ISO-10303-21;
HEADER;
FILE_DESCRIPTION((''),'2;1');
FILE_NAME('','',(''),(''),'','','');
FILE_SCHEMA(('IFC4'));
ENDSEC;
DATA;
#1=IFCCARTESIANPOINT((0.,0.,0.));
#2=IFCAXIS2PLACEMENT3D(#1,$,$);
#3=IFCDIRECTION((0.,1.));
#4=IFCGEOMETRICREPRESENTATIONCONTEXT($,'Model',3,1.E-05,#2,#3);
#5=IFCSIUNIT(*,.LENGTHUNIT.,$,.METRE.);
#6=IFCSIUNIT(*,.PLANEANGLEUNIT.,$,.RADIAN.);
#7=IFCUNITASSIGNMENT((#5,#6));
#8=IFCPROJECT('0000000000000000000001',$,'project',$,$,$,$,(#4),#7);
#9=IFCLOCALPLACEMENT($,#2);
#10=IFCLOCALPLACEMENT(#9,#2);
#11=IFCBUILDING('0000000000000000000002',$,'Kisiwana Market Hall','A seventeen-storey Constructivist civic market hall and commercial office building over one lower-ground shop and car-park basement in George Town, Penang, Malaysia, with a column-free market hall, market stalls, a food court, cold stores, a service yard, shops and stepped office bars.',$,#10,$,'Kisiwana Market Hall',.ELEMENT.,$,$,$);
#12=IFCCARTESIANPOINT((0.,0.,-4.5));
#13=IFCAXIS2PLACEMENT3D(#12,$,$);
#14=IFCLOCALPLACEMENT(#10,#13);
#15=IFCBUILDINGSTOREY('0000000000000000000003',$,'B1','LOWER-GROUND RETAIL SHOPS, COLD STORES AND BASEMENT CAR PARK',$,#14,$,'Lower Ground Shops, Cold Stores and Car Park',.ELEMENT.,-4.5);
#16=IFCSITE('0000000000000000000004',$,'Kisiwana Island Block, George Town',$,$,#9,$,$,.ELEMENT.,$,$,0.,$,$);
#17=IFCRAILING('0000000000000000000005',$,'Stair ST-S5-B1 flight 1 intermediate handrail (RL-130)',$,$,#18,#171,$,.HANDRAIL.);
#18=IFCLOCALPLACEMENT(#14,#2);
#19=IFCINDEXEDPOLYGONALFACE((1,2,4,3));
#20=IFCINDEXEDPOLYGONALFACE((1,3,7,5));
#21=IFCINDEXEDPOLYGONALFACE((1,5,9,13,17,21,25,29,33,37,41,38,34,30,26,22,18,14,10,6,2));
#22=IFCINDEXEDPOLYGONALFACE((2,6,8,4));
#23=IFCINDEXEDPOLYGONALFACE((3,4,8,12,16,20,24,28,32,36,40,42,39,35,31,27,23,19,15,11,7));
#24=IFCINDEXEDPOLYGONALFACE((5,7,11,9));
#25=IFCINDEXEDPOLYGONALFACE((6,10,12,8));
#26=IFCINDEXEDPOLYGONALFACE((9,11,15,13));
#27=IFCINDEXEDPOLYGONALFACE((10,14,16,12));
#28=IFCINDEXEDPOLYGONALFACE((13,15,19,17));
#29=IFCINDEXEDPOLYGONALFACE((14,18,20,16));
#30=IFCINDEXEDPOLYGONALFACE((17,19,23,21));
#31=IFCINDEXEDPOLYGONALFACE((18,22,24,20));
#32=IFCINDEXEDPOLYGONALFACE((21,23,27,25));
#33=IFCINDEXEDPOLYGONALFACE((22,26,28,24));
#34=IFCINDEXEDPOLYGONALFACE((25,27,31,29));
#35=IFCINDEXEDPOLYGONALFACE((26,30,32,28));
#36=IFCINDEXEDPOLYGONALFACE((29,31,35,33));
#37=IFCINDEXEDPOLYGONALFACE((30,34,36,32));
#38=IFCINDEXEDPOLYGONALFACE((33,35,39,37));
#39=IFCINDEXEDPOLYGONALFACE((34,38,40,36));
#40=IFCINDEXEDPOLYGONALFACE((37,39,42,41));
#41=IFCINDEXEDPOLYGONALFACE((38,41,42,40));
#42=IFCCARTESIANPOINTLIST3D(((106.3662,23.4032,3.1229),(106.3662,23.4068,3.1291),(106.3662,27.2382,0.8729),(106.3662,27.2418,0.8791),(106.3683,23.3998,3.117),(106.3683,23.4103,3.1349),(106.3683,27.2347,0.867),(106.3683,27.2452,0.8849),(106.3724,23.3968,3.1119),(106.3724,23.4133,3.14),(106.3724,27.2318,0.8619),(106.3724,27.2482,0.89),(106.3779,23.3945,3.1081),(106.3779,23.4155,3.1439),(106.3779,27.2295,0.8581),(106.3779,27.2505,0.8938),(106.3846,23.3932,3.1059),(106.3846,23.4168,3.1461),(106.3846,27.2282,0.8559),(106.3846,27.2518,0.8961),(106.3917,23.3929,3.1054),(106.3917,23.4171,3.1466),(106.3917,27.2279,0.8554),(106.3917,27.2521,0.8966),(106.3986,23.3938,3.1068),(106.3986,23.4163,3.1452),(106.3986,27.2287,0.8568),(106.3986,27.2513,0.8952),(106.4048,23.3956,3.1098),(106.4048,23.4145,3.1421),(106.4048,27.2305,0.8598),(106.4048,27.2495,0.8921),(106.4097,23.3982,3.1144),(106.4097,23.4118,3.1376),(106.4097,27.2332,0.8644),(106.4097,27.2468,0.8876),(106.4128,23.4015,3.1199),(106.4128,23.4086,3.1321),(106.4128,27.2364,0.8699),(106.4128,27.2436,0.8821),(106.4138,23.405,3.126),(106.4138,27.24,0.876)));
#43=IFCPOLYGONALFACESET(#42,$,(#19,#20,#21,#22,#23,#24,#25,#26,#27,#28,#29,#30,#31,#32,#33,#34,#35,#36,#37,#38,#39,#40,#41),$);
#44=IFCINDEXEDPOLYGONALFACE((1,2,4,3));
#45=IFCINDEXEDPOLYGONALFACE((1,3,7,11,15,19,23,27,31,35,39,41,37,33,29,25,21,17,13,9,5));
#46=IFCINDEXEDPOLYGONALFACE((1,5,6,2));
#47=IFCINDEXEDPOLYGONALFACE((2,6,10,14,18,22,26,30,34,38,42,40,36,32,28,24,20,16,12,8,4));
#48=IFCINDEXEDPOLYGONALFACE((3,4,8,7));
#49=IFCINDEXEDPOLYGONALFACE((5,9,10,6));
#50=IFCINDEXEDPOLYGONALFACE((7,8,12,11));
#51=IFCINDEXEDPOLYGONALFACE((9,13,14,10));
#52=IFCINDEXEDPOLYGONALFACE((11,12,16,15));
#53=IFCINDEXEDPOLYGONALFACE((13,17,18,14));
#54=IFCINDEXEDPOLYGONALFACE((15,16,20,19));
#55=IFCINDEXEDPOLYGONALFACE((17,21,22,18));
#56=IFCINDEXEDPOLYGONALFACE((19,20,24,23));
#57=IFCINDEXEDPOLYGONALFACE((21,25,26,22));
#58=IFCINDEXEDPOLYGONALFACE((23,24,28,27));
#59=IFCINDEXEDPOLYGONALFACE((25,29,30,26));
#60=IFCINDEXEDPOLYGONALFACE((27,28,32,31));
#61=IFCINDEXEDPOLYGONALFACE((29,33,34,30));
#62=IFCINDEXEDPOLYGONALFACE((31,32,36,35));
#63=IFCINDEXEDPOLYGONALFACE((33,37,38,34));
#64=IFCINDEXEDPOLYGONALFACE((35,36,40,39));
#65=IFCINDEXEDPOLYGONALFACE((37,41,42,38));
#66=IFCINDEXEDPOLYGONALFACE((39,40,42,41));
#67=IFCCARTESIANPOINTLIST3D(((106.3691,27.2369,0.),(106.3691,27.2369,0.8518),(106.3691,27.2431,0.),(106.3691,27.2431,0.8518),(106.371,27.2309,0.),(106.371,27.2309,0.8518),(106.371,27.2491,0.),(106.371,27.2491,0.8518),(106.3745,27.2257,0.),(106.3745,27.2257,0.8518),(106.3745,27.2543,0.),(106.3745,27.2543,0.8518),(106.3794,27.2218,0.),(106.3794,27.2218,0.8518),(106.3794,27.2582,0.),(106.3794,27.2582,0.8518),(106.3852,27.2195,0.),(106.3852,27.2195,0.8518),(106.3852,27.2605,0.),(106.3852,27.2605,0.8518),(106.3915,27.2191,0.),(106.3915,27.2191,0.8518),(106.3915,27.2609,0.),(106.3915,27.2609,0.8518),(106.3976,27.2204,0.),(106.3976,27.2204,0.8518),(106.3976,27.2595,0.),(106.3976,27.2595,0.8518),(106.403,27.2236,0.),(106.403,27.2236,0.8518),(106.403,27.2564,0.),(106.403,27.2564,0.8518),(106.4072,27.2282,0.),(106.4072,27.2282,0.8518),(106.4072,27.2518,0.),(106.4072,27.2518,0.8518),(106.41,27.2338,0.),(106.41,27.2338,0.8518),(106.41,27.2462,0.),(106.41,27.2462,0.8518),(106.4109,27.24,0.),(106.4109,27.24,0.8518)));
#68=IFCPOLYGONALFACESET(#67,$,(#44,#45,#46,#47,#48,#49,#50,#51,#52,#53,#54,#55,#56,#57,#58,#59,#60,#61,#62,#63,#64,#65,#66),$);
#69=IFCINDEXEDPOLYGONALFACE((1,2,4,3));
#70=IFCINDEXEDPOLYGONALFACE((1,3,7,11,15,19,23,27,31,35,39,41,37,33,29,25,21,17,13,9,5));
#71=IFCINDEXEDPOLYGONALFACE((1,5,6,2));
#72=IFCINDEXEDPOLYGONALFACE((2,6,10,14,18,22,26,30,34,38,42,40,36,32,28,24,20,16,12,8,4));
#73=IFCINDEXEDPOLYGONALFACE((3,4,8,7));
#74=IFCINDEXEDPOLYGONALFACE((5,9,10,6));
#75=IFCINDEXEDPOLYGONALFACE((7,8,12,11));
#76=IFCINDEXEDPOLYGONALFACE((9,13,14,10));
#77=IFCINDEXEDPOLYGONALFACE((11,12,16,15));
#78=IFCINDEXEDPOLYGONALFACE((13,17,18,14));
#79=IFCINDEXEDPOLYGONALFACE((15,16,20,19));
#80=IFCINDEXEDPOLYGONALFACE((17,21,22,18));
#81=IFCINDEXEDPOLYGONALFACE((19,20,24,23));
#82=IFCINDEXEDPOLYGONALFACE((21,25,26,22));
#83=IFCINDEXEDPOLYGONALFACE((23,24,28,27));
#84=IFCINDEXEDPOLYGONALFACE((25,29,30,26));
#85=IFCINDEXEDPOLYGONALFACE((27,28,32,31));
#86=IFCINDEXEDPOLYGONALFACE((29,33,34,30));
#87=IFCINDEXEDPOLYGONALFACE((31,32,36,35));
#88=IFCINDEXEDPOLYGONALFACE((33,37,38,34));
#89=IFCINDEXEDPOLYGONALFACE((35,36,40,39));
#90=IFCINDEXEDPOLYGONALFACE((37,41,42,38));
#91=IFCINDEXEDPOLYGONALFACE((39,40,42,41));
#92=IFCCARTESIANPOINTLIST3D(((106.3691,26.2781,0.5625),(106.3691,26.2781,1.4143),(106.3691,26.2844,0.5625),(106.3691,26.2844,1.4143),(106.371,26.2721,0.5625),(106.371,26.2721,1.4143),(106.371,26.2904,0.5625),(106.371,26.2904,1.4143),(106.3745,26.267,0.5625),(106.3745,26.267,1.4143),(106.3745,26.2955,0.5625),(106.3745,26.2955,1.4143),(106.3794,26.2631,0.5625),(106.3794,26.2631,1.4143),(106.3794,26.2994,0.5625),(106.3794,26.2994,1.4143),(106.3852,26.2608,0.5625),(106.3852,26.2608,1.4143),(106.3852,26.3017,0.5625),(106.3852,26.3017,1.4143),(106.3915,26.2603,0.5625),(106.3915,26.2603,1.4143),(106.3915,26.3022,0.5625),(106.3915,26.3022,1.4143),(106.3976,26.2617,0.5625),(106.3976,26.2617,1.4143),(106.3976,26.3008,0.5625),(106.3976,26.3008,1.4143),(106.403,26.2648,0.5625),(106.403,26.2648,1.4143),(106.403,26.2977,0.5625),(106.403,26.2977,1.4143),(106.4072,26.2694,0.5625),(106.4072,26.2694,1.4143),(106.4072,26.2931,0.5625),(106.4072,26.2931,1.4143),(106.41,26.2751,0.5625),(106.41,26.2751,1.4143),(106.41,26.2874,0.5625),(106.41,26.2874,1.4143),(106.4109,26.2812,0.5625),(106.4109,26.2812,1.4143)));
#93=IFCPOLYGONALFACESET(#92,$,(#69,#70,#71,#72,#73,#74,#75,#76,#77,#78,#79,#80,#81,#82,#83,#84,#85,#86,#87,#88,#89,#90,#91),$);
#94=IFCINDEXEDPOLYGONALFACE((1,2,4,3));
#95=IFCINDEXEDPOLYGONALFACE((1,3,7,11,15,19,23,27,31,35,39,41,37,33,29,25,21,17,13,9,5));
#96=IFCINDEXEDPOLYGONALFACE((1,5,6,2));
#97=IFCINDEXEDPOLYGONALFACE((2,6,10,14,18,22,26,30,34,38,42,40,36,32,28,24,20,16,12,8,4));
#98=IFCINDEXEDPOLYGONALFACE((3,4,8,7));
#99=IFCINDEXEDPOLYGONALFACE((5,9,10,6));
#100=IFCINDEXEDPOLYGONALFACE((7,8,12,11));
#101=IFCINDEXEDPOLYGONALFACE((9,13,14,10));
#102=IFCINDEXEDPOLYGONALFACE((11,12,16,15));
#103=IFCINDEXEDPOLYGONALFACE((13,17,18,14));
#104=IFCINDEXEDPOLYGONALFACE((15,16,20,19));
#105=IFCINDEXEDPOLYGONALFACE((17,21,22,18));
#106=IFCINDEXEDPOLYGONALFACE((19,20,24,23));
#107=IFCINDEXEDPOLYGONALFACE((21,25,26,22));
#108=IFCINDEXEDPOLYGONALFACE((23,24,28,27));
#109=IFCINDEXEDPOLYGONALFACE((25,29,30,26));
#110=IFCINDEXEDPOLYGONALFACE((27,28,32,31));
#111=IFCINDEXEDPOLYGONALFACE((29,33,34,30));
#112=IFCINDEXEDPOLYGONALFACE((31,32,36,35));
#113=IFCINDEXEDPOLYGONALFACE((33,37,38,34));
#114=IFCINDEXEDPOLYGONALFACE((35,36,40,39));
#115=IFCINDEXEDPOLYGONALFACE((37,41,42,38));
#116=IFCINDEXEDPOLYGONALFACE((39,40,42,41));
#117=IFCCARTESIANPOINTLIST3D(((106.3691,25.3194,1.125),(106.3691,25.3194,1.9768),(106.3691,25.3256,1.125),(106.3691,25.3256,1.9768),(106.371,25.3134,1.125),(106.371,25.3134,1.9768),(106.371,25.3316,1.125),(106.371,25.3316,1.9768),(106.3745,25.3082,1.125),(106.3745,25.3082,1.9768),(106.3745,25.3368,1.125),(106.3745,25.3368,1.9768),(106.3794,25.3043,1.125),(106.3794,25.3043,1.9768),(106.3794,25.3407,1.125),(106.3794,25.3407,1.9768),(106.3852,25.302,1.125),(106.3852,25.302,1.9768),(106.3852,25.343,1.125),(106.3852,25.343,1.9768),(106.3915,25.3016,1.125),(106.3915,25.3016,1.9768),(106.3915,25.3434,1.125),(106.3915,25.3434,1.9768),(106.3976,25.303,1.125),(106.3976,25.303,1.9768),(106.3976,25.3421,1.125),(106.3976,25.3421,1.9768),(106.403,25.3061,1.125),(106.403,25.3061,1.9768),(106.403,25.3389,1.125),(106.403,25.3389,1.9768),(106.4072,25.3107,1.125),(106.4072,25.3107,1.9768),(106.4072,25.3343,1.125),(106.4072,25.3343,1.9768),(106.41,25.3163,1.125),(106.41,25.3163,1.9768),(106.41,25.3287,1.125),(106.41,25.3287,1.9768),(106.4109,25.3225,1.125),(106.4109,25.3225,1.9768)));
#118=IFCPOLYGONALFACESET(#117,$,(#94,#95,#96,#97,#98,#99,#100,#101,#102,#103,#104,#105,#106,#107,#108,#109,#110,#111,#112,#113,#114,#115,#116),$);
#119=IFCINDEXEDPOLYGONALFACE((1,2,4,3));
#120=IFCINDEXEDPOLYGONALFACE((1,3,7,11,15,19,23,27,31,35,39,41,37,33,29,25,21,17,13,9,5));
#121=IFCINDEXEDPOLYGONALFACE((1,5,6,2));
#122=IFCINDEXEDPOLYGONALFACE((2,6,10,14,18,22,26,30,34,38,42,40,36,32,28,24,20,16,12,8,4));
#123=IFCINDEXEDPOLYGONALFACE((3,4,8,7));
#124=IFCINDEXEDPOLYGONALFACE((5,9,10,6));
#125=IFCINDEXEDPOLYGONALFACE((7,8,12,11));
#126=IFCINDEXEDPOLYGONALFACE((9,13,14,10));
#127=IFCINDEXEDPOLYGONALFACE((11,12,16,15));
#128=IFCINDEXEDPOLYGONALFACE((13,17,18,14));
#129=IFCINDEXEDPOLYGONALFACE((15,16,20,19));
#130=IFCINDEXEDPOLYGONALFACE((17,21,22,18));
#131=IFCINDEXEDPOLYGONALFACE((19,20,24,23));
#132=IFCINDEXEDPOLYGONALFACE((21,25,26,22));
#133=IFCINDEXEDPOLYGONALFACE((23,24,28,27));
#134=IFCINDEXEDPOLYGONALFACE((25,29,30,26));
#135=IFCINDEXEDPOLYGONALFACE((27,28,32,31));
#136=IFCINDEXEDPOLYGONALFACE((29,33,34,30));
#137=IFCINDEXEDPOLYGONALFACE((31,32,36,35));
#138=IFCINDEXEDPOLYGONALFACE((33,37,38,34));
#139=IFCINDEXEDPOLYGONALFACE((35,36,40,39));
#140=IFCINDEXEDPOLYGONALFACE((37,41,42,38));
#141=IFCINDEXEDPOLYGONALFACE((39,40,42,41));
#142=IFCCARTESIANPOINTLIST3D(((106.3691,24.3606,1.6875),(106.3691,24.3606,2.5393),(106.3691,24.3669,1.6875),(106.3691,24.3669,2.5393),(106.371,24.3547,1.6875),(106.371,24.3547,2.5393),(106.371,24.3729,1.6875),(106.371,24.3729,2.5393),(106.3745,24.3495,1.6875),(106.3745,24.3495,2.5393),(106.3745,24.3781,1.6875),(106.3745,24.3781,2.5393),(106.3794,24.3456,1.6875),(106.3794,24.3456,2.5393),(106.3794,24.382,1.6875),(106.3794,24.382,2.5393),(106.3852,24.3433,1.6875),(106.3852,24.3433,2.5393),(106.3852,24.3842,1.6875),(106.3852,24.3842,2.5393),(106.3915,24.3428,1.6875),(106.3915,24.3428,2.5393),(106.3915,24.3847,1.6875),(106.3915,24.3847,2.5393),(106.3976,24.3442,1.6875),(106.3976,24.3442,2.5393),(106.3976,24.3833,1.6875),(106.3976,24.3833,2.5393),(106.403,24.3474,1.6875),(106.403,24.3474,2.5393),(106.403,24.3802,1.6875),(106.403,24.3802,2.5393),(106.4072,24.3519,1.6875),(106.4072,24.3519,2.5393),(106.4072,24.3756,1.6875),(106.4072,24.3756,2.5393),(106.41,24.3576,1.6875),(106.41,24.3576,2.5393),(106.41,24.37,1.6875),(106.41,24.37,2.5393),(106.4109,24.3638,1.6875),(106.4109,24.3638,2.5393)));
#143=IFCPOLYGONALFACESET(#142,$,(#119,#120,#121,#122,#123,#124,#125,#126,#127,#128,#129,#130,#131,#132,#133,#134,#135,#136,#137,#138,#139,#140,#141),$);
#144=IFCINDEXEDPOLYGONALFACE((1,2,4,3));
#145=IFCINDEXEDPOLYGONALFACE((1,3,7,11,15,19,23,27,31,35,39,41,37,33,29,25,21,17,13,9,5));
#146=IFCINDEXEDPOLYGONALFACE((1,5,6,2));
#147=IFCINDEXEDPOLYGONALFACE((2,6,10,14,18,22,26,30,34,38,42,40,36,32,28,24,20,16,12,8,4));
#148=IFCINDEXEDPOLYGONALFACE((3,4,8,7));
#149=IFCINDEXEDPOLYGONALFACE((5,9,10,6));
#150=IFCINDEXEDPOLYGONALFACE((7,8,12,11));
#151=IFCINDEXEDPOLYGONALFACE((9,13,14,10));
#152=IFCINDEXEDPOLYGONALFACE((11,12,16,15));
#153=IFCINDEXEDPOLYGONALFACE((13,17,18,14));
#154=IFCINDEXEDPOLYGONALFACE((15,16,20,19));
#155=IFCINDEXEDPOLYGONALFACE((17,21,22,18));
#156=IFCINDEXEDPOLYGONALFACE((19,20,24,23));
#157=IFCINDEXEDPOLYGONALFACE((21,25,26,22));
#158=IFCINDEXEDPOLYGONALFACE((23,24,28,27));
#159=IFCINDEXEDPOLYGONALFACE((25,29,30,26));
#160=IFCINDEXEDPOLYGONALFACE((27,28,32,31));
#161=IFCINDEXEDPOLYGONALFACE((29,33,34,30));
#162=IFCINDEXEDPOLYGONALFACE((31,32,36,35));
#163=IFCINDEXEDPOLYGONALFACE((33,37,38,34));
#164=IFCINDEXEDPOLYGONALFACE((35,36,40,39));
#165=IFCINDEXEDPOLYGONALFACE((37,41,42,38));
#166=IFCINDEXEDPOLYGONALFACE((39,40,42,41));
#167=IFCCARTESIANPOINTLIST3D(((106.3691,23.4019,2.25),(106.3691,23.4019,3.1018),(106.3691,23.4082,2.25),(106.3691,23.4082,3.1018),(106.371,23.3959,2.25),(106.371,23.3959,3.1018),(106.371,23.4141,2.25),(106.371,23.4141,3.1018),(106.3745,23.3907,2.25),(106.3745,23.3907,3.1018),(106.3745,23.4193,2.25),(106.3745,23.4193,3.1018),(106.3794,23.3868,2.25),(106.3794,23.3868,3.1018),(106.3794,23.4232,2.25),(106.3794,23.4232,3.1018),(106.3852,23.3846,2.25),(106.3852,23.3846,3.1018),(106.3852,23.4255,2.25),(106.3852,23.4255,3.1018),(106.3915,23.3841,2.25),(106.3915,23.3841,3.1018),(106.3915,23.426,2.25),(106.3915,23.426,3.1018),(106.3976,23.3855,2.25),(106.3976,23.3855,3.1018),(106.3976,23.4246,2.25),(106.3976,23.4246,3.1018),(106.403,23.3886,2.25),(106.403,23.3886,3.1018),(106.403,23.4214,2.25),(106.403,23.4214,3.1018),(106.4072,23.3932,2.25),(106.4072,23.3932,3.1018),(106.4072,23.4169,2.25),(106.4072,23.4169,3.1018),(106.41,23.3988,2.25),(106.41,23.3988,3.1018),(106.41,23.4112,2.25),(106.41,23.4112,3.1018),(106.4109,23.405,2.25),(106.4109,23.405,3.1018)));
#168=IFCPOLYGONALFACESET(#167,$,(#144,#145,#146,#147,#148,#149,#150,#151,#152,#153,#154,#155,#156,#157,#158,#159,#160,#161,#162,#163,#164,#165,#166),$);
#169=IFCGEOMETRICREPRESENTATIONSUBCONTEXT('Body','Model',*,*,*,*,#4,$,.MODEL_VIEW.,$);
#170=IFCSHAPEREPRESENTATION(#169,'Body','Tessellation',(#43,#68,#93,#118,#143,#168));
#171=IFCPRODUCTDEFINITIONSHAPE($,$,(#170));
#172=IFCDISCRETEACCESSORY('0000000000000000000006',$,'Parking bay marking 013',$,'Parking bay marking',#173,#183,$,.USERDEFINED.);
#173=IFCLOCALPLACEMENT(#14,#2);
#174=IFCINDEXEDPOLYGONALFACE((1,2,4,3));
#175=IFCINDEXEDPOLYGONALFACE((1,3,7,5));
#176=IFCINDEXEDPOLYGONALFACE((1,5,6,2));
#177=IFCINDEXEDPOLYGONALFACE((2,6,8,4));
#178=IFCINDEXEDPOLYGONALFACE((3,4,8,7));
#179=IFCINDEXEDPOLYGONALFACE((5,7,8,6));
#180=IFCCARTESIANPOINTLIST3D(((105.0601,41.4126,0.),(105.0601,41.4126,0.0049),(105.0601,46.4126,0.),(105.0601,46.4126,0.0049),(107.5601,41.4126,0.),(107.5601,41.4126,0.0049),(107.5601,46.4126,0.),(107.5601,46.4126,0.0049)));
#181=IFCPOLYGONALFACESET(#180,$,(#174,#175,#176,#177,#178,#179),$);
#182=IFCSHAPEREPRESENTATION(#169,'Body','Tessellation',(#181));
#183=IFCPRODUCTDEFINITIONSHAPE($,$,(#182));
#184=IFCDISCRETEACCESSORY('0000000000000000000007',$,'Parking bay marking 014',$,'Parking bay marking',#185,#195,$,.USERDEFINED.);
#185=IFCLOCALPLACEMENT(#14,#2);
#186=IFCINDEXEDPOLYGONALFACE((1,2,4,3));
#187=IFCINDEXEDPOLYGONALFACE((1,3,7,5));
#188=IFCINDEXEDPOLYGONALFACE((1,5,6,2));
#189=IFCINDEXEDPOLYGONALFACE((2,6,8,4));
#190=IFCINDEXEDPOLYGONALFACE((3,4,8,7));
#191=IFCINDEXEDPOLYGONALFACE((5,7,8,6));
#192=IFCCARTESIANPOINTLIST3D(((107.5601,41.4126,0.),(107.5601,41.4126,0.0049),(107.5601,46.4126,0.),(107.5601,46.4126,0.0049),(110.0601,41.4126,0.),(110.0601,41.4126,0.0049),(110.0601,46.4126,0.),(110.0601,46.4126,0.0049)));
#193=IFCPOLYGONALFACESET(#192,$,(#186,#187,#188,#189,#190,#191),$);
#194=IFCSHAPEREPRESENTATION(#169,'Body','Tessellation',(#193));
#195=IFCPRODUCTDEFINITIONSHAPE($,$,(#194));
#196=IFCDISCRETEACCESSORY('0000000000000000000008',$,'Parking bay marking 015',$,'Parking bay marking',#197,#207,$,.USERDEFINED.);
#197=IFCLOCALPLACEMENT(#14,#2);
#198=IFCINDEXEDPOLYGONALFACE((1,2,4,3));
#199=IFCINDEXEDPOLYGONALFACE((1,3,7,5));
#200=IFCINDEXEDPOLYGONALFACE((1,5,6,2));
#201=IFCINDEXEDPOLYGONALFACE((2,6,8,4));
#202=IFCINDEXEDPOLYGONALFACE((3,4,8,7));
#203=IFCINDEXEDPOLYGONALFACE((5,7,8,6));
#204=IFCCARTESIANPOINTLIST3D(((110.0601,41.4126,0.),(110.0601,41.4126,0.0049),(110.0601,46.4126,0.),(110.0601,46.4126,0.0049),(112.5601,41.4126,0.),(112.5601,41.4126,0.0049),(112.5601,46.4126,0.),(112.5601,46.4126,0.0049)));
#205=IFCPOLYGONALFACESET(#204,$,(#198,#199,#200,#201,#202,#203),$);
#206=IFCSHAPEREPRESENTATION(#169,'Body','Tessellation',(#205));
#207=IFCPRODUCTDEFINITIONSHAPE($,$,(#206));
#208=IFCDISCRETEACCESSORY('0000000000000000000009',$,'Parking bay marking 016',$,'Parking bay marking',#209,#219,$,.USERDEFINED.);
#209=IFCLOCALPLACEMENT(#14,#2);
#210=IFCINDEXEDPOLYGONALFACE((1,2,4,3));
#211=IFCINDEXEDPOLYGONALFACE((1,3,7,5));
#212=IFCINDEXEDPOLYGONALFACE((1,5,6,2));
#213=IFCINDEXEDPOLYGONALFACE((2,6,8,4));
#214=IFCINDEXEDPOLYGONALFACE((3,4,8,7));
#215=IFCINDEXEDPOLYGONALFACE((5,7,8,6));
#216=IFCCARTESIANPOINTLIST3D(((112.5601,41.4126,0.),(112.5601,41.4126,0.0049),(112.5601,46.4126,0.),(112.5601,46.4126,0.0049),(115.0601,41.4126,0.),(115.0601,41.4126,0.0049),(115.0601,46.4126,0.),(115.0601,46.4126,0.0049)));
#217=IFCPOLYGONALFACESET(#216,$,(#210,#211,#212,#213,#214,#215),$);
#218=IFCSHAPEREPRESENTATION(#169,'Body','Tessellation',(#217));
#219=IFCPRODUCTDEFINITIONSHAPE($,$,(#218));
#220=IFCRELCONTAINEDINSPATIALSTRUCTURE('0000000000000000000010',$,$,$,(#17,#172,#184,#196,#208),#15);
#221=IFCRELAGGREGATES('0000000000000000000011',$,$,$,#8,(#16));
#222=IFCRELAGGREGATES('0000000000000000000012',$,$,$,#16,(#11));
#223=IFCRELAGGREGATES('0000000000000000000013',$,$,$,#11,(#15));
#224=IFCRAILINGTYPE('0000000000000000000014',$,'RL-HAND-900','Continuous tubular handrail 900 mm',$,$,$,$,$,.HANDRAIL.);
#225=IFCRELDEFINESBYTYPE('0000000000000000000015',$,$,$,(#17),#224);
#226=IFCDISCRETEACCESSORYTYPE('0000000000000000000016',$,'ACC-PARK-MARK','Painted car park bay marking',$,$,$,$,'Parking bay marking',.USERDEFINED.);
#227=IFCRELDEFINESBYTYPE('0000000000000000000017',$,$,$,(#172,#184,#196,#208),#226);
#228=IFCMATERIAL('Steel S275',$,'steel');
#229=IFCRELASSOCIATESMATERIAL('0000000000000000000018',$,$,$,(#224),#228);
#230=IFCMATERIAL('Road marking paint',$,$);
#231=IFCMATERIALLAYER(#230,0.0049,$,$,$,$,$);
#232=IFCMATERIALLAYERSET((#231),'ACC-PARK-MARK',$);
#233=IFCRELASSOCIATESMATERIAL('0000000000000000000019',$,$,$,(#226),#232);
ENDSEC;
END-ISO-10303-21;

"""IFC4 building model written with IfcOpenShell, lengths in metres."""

from ifc_helpers import new_model, si_unit, direction, frame, origin, origin_2d, place, context, subcontext, project, spatial, rectangle, circle, extrude, material, layer, layer_set, type_object, element, save


model = new_model("IFC4")

# Units and contexts
model_context = context("Model", 3, precision=1e-05, world=origin(), true_north=direction((0.0, 1.0)))
body_context = subcontext(model_context, "Body", "Model", "MODEL_VIEW")
ifc_project = project(units=[si_unit("LENGTHUNIT", "METRE"), si_unit("PLANEANGLEUNIT", "RADIAN")], contexts=[model_context])

# Site, building, storey
site_placement = place(None, origin())
site = spatial("IfcSite", under=ifc_project, at=site_placement, Name="Kisiwana Island Block, George Town", CompositionType="ELEMENT", RefElevation=0.0)
building_placement = place(site_placement, origin())
building = spatial("IfcBuilding", under=site, at=building_placement, Name="Kisiwana Market Hall", Description="A seventeen-storey Constructivist civic market hall and commercial office building over one lower-ground shop and car-park basement in George Town, Penang, Malaysia, with a column-free market hall, market stalls, a food court, cold stores, a service yard, shops and stepped office bars.", LongName="Kisiwana Market Hall", CompositionType="ELEMENT")
storey_placement = place(building_placement, frame((0.0, 0.0, -4.5)))
storey = spatial("IfcBuildingStorey", under=building, at=storey_placement, Name="B1", Description="LOWER-GROUND RETAIL SHOPS, COLD STORES AND BASEMENT CAR PARK", LongName="Lower Ground Shops, Cold Stores and Car Park", CompositionType="ELEMENT", Elevation=-4.5)

# Railing
ifc_material_1 = material(Name="Steel S275", Category="steel")
railing_type_1 = type_object("IfcRailingType", Name="RL-HAND-900", Description="Continuous tubular handrail 900 mm", PredefinedType="HANDRAIL", material=ifc_material_1)
for number, where, name in (
    (1, (106.3899, 27.24, 0.0), "Stair ST-S5-B1 flight 1 intermediate handrail (RL-130)"),
):
    element("IfcRailing", number, at=place(storey_placement, frame(where)), inside=storey, type_object=railing_type_1, Name=name, PredefinedType="HANDRAIL", context=body_context, shape_type="SweptSolid", body=[
        extrude(circle(Radius=0.0239, at=origin_2d()), frame((0.0, 0.0, 0.876), z_axis=(0.0, -0.86251, 0.506041), x_axis=(1.0, 0.0, 0.0)), (0.0, 0.0, 1.0), 4.4463),
        extrude(circle(Radius=0.021, at=origin_2d()), origin(), (0.0, 0.0, 1.0), 0.8518),
        extrude(circle(Radius=0.021, at=origin_2d()), frame((0.0, -0.9587, 0.5625)), (0.0, 0.0, 1.0), 0.8518),
        extrude(circle(Radius=0.021, at=origin_2d()), frame((0.0, -1.9175, 1.125)), (0.0, 0.0, 1.0), 0.8518),
        extrude(circle(Radius=0.021, at=origin_2d()), frame((0.0, -2.8762, 1.6875)), (0.0, 0.0, 1.0), 0.8518),
        extrude(circle(Radius=0.021, at=origin_2d()), frame((0.0, -3.835, 2.25)), (0.0, 0.0, 1.0), 0.8518),
    ])

# Discrete accessories
ifc_material_2 = material(Name="Road marking paint")
ifc_layer_1 = layer(ifc_material_2, 0.0049)
ifc_layer_set_1 = layer_set([ifc_layer_1], Name="ACC-PARK-MARK")
discrete_accessory_type = type_object("IfcDiscreteAccessoryType", Name="ACC-PARK-MARK", Description="Painted car park bay marking", ElementType="Parking bay marking", PredefinedType="USERDEFINED", material=ifc_layer_set_1)
for number, where, z_axis, x_axis, name in (
    (2, (106.3101, 43.9126, 0.0), (0.0, 0.0, 1.0), (1.0, 0.0, 0.0), "Parking bay marking 013"),
    (3, (108.8101, 43.9126, 0.0), (0.0, 0.0, 1.0), (1.0, 0.0, 0.0), "Parking bay marking 014"),
    (4, (111.3101, 43.9126, 0.0), (0.0, 0.0, 1.0), (1.0, 0.0, 0.0), "Parking bay marking 015"),
    (5, (113.8101, 43.9126, 0.0), (0.0, 0.0, 1.0), (1.0, 0.0, 0.0), "Parking bay marking 016"),
):
    element("IfcDiscreteAccessory", number, at=place(storey_placement, frame(where, z_axis=z_axis, x_axis=x_axis)), inside=storey, type_object=discrete_accessory_type, Name=name, ObjectType="Parking bay marking", PredefinedType="USERDEFINED", context=body_context, shape_type="SweptSolid", body=[
        extrude(rectangle(XDim=2.5, YDim=5.0, at=origin_2d()), origin(), (0.0, 0.0, 1.0), 0.0049),
    ])

save(model, "model.ifc")
